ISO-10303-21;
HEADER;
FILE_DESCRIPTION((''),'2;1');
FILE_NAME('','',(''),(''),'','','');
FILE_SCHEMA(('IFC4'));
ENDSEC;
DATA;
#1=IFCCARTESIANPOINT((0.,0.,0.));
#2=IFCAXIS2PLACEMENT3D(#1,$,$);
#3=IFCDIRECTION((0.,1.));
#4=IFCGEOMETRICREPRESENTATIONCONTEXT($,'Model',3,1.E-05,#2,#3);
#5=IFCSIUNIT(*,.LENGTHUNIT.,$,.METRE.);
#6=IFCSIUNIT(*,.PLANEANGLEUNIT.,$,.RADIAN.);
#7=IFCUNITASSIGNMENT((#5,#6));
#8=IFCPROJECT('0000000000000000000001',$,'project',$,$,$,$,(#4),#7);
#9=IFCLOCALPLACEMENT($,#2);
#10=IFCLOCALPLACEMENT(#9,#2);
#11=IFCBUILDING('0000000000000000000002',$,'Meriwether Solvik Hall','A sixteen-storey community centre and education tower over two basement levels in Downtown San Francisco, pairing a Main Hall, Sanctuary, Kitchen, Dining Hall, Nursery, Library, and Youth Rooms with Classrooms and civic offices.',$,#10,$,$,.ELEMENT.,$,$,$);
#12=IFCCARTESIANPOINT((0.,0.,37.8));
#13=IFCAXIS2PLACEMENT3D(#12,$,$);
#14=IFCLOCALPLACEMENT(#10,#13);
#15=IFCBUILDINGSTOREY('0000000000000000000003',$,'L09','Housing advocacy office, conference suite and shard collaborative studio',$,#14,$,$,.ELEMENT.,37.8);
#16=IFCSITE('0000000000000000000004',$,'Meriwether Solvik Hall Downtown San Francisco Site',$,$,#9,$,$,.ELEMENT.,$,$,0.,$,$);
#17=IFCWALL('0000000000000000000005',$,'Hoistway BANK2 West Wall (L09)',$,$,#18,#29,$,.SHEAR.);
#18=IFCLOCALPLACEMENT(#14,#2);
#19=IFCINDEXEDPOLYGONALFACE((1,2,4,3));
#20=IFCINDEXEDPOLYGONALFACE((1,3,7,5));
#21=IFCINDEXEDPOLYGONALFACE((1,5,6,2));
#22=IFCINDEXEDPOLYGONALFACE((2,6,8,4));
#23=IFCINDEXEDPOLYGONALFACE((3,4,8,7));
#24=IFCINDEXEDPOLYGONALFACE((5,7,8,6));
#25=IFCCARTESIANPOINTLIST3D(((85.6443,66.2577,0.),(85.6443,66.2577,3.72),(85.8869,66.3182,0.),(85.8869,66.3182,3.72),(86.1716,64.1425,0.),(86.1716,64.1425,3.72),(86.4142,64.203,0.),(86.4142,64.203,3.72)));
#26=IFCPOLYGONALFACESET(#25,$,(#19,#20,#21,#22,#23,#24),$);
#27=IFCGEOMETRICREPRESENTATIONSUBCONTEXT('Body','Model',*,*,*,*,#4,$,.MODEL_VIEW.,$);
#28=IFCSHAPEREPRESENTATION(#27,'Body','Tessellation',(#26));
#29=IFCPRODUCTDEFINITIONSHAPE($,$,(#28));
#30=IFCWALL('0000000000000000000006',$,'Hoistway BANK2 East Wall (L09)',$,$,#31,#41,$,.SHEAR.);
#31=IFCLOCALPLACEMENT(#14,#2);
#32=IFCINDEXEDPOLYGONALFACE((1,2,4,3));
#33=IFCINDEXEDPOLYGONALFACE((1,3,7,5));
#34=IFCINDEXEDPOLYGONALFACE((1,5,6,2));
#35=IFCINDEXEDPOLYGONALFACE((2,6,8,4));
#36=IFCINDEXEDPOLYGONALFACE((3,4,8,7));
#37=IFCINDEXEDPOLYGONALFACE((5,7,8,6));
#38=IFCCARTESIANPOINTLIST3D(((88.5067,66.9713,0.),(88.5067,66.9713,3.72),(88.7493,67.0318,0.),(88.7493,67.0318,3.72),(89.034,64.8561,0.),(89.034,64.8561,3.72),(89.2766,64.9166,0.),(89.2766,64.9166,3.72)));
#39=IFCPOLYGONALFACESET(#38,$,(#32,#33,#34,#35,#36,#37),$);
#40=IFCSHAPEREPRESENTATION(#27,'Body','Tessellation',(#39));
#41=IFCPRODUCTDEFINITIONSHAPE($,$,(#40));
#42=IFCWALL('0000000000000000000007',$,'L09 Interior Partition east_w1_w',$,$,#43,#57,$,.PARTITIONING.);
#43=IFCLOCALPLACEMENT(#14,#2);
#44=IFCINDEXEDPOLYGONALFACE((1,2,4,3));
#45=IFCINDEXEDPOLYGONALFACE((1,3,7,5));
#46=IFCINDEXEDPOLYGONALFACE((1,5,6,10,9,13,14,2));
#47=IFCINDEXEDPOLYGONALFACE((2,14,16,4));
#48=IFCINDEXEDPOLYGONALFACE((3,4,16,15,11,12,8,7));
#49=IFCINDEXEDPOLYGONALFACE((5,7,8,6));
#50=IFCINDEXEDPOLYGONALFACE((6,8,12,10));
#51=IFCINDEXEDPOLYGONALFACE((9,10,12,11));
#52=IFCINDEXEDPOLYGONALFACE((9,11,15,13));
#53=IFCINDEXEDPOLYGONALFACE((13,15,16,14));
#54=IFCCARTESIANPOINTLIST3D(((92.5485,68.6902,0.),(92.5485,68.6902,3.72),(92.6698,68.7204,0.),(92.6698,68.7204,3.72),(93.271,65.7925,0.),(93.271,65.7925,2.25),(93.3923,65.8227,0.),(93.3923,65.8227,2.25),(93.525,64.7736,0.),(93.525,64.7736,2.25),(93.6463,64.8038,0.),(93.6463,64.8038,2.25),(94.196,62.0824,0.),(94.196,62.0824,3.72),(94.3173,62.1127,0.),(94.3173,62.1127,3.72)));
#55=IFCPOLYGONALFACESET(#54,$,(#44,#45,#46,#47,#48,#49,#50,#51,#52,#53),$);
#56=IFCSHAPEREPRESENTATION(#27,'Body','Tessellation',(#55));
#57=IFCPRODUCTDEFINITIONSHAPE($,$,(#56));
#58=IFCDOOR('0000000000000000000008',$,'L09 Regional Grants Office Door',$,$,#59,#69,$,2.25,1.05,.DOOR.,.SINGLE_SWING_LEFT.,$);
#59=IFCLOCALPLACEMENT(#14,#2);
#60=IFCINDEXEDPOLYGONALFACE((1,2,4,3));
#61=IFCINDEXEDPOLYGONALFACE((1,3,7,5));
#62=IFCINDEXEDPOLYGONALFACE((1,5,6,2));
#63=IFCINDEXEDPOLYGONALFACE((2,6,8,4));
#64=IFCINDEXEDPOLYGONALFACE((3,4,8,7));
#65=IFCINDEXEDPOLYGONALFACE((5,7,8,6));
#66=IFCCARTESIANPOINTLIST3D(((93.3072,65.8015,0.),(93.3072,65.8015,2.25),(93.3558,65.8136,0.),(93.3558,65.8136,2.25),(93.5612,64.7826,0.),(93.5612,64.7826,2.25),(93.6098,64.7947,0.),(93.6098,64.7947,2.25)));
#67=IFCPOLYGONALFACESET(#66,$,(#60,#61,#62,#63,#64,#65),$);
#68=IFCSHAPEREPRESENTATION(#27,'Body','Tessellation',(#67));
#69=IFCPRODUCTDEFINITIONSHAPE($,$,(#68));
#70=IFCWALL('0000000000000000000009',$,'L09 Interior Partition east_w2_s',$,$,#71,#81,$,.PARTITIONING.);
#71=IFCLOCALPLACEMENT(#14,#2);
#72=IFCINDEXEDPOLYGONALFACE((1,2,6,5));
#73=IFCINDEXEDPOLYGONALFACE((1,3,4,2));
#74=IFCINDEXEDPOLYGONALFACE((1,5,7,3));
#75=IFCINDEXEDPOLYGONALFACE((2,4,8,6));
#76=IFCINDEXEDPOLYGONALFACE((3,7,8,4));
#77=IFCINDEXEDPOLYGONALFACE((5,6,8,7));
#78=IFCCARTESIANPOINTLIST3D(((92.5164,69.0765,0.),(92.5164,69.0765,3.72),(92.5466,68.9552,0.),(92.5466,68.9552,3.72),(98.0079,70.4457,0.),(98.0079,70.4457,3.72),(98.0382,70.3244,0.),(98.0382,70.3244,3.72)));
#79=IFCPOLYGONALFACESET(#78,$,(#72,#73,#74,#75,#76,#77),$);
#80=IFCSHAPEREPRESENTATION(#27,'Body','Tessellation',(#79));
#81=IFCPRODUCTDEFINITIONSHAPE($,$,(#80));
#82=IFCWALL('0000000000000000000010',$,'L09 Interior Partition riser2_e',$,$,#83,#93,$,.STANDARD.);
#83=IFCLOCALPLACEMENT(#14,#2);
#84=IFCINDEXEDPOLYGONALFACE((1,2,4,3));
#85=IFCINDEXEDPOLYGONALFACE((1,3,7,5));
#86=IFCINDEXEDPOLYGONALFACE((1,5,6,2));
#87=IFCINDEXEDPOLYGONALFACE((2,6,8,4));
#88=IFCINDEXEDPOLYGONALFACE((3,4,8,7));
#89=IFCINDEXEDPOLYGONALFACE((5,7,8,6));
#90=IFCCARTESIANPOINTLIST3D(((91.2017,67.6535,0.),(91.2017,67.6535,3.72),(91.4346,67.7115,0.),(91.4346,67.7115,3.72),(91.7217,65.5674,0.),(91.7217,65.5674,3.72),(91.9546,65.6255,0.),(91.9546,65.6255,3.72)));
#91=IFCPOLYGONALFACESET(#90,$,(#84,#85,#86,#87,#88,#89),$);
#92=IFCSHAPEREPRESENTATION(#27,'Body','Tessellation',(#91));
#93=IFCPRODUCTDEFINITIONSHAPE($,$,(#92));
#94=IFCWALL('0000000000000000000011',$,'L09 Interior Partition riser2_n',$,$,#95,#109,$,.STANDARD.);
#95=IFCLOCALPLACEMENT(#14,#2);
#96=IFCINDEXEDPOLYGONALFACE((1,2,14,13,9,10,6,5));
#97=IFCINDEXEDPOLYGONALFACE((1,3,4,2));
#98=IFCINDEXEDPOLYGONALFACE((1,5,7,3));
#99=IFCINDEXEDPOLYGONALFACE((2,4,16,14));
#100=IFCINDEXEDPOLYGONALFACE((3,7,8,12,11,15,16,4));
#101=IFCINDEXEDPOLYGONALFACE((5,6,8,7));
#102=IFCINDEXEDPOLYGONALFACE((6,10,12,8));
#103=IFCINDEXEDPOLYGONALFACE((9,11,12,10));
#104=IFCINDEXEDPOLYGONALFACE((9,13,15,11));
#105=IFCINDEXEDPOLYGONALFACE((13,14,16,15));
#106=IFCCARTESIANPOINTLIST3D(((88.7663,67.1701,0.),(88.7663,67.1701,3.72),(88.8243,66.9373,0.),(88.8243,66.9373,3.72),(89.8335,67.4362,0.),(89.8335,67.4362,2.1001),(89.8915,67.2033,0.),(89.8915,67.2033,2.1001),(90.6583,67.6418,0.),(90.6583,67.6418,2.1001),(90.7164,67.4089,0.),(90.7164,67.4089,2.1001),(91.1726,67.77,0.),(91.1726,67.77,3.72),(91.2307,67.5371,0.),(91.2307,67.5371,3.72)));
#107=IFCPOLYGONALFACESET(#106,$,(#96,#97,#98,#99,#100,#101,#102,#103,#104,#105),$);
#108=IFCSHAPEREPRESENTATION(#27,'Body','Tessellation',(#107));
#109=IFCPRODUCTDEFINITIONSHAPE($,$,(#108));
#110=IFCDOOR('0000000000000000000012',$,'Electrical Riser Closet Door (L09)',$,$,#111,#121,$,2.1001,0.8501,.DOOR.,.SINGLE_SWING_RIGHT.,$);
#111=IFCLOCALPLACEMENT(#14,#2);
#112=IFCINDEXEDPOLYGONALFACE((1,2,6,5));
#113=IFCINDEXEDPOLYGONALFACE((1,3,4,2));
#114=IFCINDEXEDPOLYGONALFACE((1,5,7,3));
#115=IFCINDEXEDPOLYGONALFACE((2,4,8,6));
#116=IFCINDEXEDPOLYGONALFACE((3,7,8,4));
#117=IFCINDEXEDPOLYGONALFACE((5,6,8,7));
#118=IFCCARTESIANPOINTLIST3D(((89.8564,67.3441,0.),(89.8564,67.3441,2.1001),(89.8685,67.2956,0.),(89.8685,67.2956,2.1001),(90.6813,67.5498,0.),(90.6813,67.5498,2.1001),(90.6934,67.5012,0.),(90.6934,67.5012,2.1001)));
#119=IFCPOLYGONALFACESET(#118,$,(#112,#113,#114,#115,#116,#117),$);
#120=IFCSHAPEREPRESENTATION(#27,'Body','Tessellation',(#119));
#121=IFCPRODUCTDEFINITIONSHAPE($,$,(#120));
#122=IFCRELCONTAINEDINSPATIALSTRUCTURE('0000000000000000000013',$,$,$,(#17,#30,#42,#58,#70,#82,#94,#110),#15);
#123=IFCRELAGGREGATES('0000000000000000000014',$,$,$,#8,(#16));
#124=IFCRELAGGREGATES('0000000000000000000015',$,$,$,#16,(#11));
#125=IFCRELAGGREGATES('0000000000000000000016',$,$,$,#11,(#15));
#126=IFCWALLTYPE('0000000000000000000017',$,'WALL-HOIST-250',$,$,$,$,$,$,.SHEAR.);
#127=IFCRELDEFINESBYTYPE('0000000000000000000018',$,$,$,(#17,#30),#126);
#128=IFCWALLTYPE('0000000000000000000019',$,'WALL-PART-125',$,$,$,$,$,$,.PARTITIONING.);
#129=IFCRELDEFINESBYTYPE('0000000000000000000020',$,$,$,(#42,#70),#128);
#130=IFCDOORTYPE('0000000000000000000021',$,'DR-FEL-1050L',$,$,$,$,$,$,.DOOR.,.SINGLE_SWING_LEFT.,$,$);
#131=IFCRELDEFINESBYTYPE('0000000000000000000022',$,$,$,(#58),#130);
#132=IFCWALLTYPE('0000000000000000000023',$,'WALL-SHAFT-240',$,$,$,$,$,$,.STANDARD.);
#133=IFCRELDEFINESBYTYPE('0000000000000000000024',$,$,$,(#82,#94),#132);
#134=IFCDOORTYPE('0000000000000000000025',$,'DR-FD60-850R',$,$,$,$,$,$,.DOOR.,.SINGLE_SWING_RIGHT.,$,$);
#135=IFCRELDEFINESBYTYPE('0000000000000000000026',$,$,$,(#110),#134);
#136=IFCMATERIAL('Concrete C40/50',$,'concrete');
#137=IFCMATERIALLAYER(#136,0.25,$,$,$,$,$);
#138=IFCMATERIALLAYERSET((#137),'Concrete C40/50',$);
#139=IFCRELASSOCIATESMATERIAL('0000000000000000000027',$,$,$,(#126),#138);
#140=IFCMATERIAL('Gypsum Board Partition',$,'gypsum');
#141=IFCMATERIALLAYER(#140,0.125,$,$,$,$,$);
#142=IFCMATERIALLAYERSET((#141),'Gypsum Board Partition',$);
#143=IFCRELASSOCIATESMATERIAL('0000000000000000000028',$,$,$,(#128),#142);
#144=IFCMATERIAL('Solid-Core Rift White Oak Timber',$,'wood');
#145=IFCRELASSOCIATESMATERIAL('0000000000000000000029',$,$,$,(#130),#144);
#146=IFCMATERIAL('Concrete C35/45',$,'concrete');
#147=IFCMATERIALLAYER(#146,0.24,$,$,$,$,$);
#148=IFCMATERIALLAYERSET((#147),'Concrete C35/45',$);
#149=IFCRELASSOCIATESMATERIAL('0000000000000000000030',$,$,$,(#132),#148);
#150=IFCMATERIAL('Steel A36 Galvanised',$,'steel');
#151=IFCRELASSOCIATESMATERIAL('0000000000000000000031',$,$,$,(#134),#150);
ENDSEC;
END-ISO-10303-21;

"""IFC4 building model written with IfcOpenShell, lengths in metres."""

from ifc_helpers import new_model, si_unit, direction, frame, frame_2d, origin, place, context, subcontext, project, spatial, rectangle, extrude, material, layer, layer_set, type_object, element, fill, save


model = new_model("IFC4")

# Units and contexts
model_context = context("Model", 3, precision=1e-05, world=origin(), true_north=direction((0.0, 1.0)))
body_context = subcontext(model_context, "Body", "Model", "MODEL_VIEW")
ifc_project = project(units=[si_unit("LENGTHUNIT", "METRE"), si_unit("PLANEANGLEUNIT", "RADIAN")], contexts=[model_context])

# Site, building, storey
site_placement = place(None, origin())
site = spatial("IfcSite", under=ifc_project, at=site_placement, Name="Meriwether Solvik Hall Downtown San Francisco Site", CompositionType="ELEMENT", RefElevation=0.0)
building_placement = place(site_placement, origin())
building = spatial("IfcBuilding", under=site, at=building_placement, Name="Meriwether Solvik Hall", Description="A sixteen-storey community centre and education tower over two basement levels in Downtown San Francisco, pairing a Main Hall, Sanctuary, Kitchen, Dining Hall, Nursery, Library, and Youth Rooms with Classrooms and civic offices.", CompositionType="ELEMENT")
storey_placement = place(building_placement, frame((0.0, 0.0, 37.8)))
storey = spatial("IfcBuildingStorey", under=building, at=storey_placement, Name="L09", Description="Housing advocacy office, conference suite and shard collaborative studio", CompositionType="ELEMENT", Elevation=37.8)

# Walls
ifc_material_1 = material(Name="Concrete C40/50", Category="concrete")
ifc_layer_1 = layer(ifc_material_1, 0.25)
ifc_layer_set_1 = layer_set([ifc_layer_1], Name="Concrete C40/50")
wall_type_1 = type_object("IfcWallType", Name="WALL-HOIST-250", PredefinedType="SHEAR", material=ifc_layer_set_1)
for number, where, z_axis, x_axis, name in (
    (1, (85.7656, 66.2878, 0.0), (0.0, 0.0, 1.0), (0.241903, -0.9703, 0.0), "Hoistway BANK2 West Wall (L09)"),
    (2, (89.1553, 64.8865, 0.0), (0.0, 0.0, 1.0), (-0.241903, 0.9703, 0.0), "Hoistway BANK2 East Wall (L09)"),
):
    element("IfcWall", number, at=place(storey_placement, frame(where, z_axis=z_axis, x_axis=x_axis)), inside=storey, type_object=wall_type_1, Name=name, PredefinedType="SHEAR", context=body_context, shape_type="SweptSolid", body=[
        extrude(rectangle(XDim=2.1799, YDim=0.25, at=frame_2d((1.0898, 0.0))), origin(), (0.0, 0.0, 1.0), 3.72),
    ])

# Wall, opening, door
ifc_material_2 = material(Name="Gypsum Board Partition", Category="gypsum")
ifc_layer_2 = layer(ifc_material_2, 0.125)
ifc_layer_set_2 = layer_set([ifc_layer_2], Name="Gypsum Board Partition")
wall_type_2 = type_object("IfcWallType", Name="WALL-PART-125", PredefinedType="PARTITIONING", material=ifc_layer_set_2)
wall_1_placement = place(storey_placement, frame((92.6091, 68.7053, 0.0), z_axis=(0.0, 0.0, 1.0), x_axis=(0.24192, -0.970296, 0.0)))
wall_1 = element("IfcWall", 3, at=wall_1_placement, inside=storey, type_object=wall_type_2, Name="L09 Interior Partition east_w1_w", PredefinedType="PARTITIONING", context=body_context, shape_type="SweptSolid", body=[
    extrude(rectangle(XDim=6.8101, YDim=0.125, at=frame_2d((3.405, 0.0))), origin(), (0.0, 0.0, 1.0), 3.72),
])
opening_1_placement = place(wall_1_placement, frame((2.9866, 0.0, 0.0)))
opening_1 = element("IfcOpeningElement", 4, at=opening_1_placement, cuts=wall_1, PredefinedType="OPENING", context=body_context, shape_type="SweptSolid", body=[
    extrude(rectangle(XDim=1.05, YDim=2.25, at=frame_2d((0.5249, 1.125))), frame((0.0, 0.0745, 0.0), z_axis=(0.0, -1.0, 0.0), x_axis=(1.0, 0.0, 0.0)), (0.0, 0.0, 1.0), 0.1489),
])
ifc_material_3 = material(Name="Solid-Core Rift White Oak Timber", Category="wood")
door_type_1 = type_object("IfcDoorType", Name="DR-FEL-1050L", OperationType="SINGLE_SWING_LEFT", PredefinedType="DOOR", material=ifc_material_3)
door_1_placement = place(opening_1_placement, origin())
door_1 = element("IfcDoor", 5, at=door_1_placement, inside=storey, type_object=door_type_1, Name="L09 Regional Grants Office Door", OperationType="SINGLE_SWING_LEFT", OverallHeight=2.25, OverallWidth=1.05, PredefinedType="DOOR", context=body_context, shape_type="SweptSolid", body=[
    extrude(rectangle(XDim=1.05, YDim=2.25, at=frame_2d((0.5249, 1.125))), frame((0.0, 0.0249, 0.0), z_axis=(0.0, -1.0, 0.0), x_axis=(1.0, 0.0, 0.0)), (0.0, 0.0, 1.0), 0.05),
])
fill(opening_1, door_1)

# Walls
wall_2_placement = place(storey_placement, frame((92.5315, 69.0159, 0.0), z_axis=(0.0, 0.0, 1.0), x_axis=(0.970297, 0.241916, 0.0)))
element("IfcWall", 6, at=wall_2_placement, inside=storey, type_object=wall_type_2, Name="L09 Interior Partition east_w2_s", PredefinedType="PARTITIONING", context=body_context, shape_type="SweptSolid", body=[
    extrude(rectangle(XDim=5.6597, YDim=0.125, at=frame_2d((2.8298, 0.0))), origin(), (0.0, 0.0, 1.0), 3.72),
])
ifc_material_4 = material(Name="Concrete C35/45", Category="concrete")
ifc_layer_3 = layer(ifc_material_4, 0.24)
ifc_layer_set_3 = layer_set([ifc_layer_3], Name="Concrete C35/45")
wall_type_3 = type_object("IfcWallType", Name="WALL-SHAFT-240", PredefinedType="STANDARD", material=ifc_layer_set_3)
wall_3_placement = place(storey_placement, frame((91.8381, 65.5964, 0.0), z_axis=(0.0, 0.0, 1.0), x_axis=(-0.241868, 0.970309, 0.0)))
element("IfcWall", 7, at=wall_3_placement, inside=storey, type_object=wall_type_3, Name="L09 Interior Partition riser2_e", PredefinedType="STANDARD", context=body_context, shape_type="SweptSolid", body=[
    extrude(rectangle(XDim=2.1499, YDim=0.24, at=frame_2d((1.075, 0.0))), origin(), (0.0, 0.0, 1.0), 3.72),
])

# Wall, opening, door
wall_4_placement = place(storey_placement, frame((91.2017, 67.6536, 0.0), z_axis=(0.0, 0.0, 1.0), x_axis=(-0.970304, -0.241887, 0.0)))
wall_4 = element("IfcWall", 8, at=wall_4_placement, inside=storey, type_object=wall_type_3, Name="L09 Interior Partition riser2_n", PredefinedType="STANDARD", context=body_context, shape_type="SweptSolid", body=[
    extrude(rectangle(XDim=2.48, YDim=0.24, at=frame_2d((1.24, 0.0))), origin(), (0.0, 0.0, 1.0), 3.72),
])
opening_2_placement = place(wall_4_placement, frame((0.53, 0.0, 0.0)))
opening_2 = element("IfcOpeningElement", 9, at=opening_2_placement, cuts=wall_4, PredefinedType="OPENING", context=body_context, shape_type="SweptSolid", body=[
    extrude(rectangle(XDim=0.8501, YDim=2.1001, at=frame_2d((0.425, 1.05))), frame((0.0, 0.1318, 0.0), z_axis=(0.0, -1.0, 0.0), x_axis=(1.0, 0.0, 0.0)), (0.0, 0.0, 1.0), 0.2639),
])
ifc_material_5 = material(Name="Steel A36 Galvanised", Category="steel")
door_type_2 = type_object("IfcDoorType", Name="DR-FD60-850R", OperationType="SINGLE_SWING_RIGHT", PredefinedType="DOOR", material=ifc_material_5)
door_2_placement = place(opening_2_placement, origin())
door_2 = element("IfcDoor", 10, at=door_2_placement, inside=storey, type_object=door_type_2, Name="Electrical Riser Closet Door (L09)", OperationType="SINGLE_SWING_RIGHT", OverallHeight=2.1001, OverallWidth=0.8501, PredefinedType="DOOR", context=body_context, shape_type="SweptSolid", body=[
    extrude(rectangle(XDim=0.8501, YDim=2.1001, at=frame_2d((0.425, 1.05))), frame((0.0, 0.0249, 0.0), z_axis=(0.0, -1.0, 0.0), x_axis=(1.0, 0.0, 0.0)), (0.0, 0.0, 1.0), 0.05),
])
fill(opening_2, door_2)

save(model, "model.ifc")
